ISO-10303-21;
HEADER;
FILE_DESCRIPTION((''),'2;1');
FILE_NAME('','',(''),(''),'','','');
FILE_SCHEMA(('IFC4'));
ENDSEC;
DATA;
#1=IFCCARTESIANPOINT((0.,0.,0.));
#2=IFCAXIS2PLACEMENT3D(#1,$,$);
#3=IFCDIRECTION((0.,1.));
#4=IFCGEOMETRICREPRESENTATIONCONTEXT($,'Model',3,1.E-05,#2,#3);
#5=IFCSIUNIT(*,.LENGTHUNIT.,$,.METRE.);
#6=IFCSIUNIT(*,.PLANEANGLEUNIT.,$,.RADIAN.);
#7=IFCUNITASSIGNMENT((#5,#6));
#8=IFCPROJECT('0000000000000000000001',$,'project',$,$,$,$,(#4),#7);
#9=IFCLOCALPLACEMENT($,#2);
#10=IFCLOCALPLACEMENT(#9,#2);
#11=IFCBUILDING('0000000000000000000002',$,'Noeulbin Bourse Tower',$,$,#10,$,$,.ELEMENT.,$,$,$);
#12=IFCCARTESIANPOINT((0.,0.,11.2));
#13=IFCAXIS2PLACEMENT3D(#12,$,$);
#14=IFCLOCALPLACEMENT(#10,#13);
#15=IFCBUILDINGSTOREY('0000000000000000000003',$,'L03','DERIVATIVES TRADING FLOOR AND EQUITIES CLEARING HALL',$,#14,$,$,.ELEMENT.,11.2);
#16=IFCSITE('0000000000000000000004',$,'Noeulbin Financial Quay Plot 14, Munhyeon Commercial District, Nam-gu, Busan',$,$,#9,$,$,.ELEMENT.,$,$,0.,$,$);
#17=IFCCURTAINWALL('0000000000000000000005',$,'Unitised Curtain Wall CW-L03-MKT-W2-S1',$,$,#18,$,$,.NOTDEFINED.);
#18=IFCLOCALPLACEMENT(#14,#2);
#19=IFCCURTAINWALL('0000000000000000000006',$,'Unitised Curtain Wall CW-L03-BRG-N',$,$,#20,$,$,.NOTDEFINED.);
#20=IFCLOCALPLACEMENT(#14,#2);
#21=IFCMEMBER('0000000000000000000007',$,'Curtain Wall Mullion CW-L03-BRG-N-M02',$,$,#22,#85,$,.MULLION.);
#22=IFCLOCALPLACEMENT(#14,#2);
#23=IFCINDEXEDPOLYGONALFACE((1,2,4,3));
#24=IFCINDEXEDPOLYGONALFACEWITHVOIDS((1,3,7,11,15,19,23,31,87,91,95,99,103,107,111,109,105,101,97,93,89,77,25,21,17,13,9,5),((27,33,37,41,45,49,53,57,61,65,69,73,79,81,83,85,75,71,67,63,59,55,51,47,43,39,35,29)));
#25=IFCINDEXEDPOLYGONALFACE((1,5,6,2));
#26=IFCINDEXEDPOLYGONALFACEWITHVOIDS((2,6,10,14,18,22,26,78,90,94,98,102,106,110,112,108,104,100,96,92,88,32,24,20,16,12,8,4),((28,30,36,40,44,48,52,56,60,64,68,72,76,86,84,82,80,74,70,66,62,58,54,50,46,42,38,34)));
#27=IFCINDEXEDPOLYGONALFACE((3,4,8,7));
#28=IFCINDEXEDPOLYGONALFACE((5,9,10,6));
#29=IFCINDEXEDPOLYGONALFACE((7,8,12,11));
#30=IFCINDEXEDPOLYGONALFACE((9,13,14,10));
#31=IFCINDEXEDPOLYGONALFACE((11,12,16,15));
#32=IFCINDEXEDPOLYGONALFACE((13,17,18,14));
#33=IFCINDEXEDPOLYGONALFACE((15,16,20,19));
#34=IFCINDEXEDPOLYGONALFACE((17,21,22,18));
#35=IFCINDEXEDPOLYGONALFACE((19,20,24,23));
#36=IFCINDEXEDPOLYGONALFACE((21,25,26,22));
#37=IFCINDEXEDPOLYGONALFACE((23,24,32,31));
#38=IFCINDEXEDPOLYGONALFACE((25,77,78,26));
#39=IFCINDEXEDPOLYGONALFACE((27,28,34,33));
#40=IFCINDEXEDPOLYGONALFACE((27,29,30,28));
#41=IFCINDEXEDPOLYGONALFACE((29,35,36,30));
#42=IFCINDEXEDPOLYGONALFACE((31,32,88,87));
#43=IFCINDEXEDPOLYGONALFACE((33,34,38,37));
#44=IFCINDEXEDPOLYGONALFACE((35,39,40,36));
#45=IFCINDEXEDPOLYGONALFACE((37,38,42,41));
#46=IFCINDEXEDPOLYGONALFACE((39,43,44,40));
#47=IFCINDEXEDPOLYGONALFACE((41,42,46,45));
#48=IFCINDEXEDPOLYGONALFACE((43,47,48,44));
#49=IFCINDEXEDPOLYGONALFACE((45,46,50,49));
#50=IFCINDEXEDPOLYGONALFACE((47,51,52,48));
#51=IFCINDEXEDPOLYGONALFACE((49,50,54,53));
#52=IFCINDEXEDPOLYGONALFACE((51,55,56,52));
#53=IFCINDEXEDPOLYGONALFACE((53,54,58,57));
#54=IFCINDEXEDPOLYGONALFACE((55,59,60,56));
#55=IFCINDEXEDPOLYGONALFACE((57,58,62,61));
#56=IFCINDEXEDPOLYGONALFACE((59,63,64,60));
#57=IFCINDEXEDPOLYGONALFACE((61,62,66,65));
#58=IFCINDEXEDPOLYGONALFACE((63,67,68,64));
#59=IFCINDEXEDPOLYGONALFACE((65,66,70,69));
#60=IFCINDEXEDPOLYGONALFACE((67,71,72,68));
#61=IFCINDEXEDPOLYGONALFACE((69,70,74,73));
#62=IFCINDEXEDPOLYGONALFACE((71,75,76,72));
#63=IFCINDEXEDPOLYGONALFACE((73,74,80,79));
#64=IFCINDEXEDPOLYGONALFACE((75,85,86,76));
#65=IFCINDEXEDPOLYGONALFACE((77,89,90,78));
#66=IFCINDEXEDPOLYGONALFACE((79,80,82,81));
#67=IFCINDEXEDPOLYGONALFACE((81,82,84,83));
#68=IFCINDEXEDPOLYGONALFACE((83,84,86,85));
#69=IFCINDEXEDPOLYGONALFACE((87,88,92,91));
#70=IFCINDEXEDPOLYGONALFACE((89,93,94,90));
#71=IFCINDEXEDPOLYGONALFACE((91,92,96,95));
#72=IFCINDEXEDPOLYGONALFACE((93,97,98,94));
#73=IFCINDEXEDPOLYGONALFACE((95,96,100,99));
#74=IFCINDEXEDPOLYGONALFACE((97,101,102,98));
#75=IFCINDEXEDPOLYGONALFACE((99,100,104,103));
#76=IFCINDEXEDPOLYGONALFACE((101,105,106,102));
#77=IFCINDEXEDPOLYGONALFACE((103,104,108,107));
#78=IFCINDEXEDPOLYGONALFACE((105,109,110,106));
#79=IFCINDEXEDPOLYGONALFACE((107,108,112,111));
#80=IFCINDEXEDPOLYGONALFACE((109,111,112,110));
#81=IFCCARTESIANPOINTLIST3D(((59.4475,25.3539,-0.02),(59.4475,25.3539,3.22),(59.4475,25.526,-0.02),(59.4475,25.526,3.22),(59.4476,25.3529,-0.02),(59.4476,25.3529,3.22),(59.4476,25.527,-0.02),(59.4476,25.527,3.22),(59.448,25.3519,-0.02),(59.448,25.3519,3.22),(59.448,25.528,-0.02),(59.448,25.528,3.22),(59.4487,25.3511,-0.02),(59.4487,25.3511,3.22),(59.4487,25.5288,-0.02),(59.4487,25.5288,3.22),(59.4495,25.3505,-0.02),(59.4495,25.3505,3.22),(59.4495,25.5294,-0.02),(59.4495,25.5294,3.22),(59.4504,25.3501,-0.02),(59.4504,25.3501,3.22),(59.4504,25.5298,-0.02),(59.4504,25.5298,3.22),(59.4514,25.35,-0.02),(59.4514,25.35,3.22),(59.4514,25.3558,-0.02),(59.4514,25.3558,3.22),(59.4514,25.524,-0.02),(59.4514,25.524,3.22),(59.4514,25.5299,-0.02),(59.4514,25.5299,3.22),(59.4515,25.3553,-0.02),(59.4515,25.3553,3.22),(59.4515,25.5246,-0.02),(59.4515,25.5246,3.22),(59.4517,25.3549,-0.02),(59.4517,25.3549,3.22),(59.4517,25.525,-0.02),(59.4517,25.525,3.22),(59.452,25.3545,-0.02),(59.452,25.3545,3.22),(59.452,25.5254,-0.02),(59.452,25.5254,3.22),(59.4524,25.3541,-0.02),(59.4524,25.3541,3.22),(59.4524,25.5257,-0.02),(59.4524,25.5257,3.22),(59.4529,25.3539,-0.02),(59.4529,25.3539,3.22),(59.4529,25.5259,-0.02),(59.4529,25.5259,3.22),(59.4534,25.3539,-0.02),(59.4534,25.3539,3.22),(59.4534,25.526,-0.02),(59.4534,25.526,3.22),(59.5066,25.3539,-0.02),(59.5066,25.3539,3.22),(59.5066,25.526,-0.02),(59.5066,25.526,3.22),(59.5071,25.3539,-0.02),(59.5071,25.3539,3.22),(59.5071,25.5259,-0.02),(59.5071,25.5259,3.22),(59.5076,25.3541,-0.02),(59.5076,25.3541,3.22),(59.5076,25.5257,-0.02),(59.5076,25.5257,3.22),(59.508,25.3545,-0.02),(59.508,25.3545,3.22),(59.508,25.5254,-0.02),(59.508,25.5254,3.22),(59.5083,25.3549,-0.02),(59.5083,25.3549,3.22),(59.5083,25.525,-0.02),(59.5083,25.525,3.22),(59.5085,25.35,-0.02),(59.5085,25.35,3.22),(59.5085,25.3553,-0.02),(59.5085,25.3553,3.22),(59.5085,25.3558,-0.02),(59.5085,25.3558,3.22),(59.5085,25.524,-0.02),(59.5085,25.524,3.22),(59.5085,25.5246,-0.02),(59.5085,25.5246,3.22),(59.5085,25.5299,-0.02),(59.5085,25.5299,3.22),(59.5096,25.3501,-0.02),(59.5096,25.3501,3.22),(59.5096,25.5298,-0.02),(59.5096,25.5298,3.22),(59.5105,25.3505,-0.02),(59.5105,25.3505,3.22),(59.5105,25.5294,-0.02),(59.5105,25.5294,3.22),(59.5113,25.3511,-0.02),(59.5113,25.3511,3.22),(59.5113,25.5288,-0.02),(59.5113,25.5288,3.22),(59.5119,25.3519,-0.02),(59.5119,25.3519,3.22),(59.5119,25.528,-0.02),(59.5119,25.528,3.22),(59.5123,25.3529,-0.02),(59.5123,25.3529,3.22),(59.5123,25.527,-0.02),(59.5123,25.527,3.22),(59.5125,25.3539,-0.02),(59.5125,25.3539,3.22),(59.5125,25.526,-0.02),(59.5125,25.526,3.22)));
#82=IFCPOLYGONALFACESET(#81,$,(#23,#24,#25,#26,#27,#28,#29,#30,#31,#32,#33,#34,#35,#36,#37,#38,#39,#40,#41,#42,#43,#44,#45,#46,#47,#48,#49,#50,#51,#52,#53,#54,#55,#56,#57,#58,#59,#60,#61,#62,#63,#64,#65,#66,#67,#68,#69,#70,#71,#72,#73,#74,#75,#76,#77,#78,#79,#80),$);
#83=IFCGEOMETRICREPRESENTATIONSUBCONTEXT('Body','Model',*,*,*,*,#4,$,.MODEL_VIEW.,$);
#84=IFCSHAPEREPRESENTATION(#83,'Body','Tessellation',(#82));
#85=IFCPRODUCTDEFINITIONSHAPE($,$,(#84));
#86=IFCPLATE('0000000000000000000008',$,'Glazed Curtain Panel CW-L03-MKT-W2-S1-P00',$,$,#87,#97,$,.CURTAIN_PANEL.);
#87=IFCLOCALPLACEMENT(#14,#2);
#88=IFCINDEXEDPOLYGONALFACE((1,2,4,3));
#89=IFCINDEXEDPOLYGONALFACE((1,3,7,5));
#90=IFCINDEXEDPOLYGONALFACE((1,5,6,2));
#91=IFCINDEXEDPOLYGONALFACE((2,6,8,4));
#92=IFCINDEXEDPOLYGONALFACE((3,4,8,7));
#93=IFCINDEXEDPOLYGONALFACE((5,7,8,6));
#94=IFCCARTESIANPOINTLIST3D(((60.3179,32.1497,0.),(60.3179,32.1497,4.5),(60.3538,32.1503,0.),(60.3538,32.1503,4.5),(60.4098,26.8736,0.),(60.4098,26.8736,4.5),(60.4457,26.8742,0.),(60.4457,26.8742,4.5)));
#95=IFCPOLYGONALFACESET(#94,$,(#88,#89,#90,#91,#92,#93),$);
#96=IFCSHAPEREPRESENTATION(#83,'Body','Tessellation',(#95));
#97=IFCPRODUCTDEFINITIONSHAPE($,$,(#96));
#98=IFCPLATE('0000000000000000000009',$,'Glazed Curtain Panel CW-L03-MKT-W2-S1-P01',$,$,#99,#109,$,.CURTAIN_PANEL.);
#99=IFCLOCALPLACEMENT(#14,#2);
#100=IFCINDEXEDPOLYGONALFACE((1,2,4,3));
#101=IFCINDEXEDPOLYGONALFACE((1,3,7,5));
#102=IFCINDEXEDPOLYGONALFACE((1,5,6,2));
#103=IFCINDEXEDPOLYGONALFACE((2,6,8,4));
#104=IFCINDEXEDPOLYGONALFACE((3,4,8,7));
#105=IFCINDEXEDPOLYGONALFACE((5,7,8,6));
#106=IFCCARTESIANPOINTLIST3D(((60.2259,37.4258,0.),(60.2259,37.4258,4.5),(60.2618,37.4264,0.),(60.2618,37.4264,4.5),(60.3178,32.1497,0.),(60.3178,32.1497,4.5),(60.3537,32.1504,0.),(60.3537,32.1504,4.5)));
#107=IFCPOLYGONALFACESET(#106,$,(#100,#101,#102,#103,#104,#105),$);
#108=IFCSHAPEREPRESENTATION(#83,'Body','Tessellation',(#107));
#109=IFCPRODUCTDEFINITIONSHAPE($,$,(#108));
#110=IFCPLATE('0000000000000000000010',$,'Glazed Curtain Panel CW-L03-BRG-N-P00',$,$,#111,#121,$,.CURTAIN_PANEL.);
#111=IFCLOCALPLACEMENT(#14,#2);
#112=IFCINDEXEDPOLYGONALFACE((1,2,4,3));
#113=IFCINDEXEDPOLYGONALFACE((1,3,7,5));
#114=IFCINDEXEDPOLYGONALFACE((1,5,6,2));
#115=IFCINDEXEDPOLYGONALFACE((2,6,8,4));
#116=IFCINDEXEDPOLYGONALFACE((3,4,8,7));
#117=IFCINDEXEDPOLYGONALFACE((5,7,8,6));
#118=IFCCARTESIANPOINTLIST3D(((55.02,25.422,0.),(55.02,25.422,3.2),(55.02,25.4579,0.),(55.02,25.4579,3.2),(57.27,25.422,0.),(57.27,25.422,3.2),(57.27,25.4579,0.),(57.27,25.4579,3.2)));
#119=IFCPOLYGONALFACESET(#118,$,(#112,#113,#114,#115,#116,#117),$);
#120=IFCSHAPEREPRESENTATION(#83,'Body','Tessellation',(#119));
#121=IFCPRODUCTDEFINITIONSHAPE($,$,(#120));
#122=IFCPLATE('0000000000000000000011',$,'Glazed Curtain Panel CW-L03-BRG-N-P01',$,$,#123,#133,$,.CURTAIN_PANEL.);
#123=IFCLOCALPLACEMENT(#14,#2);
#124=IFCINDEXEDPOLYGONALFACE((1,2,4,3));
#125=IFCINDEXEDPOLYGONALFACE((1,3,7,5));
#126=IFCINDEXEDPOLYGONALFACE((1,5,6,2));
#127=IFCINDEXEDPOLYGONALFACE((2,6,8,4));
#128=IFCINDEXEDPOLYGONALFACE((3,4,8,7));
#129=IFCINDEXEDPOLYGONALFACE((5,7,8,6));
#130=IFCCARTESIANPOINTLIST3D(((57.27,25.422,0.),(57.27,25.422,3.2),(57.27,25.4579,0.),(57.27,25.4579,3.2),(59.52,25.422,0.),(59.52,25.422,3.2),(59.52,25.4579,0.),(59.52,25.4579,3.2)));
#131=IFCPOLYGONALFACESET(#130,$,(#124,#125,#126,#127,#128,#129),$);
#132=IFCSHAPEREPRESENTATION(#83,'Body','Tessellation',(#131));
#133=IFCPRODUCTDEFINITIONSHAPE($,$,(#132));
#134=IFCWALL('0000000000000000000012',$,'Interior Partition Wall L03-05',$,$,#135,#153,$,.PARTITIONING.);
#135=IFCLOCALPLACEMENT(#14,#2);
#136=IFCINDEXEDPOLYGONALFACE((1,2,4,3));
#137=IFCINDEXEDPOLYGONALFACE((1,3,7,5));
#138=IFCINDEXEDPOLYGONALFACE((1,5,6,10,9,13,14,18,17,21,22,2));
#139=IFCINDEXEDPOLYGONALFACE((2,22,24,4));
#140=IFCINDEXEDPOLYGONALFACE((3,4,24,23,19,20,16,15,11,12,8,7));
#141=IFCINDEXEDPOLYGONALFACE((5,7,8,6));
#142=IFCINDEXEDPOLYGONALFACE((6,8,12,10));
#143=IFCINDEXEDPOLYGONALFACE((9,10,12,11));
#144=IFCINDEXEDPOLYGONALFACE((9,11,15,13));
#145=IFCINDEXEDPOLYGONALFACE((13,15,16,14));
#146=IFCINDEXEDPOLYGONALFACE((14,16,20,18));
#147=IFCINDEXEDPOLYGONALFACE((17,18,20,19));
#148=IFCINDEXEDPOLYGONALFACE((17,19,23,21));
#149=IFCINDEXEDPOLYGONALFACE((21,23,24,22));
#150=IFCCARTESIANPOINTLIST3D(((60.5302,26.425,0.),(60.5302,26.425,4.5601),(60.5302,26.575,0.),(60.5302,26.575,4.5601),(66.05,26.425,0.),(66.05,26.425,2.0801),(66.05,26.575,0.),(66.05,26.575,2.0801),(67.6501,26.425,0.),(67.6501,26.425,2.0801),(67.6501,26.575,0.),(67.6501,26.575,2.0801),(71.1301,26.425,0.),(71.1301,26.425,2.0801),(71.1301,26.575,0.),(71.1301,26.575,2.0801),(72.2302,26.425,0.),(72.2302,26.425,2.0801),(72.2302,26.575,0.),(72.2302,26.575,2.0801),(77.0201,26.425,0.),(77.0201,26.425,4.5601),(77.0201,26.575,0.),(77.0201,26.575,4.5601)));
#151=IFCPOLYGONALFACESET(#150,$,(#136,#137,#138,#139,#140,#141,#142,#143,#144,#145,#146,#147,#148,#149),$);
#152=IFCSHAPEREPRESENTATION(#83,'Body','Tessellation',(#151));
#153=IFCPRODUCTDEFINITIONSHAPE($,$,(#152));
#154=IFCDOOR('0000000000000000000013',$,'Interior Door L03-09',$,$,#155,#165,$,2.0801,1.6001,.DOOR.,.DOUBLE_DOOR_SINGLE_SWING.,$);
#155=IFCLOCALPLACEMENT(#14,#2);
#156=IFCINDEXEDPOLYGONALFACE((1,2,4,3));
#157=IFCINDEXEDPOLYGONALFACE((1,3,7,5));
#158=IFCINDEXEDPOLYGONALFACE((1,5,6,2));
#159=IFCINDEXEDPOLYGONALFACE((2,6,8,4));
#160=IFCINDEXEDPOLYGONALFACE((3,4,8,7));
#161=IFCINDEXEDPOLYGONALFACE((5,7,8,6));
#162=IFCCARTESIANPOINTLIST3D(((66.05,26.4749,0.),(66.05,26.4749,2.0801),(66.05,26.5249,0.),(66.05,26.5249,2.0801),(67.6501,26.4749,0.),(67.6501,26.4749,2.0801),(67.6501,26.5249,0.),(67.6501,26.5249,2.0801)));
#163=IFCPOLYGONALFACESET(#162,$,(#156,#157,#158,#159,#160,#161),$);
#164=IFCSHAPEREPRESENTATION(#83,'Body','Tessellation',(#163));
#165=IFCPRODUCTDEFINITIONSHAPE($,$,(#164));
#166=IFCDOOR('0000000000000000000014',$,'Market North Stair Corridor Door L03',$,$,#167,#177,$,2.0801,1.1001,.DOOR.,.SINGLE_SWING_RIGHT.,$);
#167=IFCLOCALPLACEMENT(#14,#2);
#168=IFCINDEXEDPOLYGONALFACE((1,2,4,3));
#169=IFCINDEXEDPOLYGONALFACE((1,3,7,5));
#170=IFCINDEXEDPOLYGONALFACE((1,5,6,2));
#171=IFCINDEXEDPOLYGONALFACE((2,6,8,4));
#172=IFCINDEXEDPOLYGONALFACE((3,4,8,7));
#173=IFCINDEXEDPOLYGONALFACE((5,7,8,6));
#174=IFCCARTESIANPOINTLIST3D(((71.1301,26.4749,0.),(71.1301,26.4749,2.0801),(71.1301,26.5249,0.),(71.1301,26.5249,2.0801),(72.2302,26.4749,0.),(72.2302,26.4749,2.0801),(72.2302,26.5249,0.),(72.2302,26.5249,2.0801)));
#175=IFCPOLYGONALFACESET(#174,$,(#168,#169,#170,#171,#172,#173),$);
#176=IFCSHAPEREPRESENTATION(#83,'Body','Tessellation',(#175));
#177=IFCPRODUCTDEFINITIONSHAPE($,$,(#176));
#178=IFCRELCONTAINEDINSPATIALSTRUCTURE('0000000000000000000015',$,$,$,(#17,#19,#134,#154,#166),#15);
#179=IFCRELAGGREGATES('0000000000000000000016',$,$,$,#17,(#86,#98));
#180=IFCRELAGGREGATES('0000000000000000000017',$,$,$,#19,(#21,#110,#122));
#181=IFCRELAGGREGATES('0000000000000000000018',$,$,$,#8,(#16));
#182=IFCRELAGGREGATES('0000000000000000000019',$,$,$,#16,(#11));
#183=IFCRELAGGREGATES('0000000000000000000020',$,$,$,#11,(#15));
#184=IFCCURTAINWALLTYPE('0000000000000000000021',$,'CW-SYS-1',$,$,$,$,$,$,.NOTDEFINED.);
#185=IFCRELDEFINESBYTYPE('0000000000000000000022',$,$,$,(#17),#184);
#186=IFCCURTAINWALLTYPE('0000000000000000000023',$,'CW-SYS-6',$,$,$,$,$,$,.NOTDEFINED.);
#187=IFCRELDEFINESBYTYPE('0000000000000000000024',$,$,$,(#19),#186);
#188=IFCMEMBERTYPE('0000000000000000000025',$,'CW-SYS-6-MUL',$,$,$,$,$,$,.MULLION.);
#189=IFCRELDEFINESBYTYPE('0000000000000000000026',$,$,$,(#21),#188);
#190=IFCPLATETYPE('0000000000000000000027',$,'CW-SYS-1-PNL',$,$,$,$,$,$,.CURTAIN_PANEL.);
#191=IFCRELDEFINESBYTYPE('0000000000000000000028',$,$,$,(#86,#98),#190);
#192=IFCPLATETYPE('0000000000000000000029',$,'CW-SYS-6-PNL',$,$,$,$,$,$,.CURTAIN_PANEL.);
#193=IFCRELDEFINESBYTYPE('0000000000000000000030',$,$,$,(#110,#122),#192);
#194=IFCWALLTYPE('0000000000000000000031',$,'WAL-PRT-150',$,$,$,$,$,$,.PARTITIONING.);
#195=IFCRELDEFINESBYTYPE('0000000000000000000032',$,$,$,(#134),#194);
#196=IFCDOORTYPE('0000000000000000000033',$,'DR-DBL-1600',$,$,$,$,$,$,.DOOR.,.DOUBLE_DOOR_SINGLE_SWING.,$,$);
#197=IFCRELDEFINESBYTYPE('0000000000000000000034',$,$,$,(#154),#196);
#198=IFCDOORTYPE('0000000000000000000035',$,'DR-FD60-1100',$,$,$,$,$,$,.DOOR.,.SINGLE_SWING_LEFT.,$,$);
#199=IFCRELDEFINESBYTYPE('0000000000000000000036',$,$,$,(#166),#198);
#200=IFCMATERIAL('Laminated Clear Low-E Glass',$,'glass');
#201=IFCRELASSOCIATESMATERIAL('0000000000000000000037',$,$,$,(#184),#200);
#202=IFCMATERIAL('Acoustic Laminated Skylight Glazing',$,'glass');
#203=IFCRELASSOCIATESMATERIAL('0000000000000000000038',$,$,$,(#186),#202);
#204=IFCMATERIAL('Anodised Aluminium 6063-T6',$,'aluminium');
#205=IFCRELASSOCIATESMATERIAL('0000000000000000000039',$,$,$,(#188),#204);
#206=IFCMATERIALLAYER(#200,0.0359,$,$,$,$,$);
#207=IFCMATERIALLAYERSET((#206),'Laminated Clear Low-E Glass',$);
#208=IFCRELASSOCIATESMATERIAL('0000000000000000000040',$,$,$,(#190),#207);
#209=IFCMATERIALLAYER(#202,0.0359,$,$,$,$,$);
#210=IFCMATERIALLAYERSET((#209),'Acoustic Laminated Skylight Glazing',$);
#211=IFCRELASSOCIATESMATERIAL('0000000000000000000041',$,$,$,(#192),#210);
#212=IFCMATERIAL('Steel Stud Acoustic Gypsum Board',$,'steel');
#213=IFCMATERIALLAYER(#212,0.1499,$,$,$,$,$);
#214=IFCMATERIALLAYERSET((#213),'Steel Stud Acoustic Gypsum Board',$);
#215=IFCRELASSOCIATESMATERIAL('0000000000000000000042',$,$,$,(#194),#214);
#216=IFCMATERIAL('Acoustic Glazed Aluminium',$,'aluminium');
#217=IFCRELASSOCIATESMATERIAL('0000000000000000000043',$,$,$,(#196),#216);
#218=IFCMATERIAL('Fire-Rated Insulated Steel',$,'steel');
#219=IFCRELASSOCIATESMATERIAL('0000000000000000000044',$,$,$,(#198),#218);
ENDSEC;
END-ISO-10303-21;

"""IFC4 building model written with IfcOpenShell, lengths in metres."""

from ifc_helpers import new_model, si_unit, direction, frame, frame_2d, origin, origin_2d, place, context, subcontext, project, spatial, rectangle, hollow_rectangle, extrude, material, layer, layer_set, material_profile, profile_set, type_object, element, fill, aggregate, save


model = new_model("IFC4")

# Units and contexts
model_context = context("Model", 3, precision=1e-05, world=origin(), true_north=direction((0.0, 1.0)))
body_context = subcontext(model_context, "Body", "Model", "MODEL_VIEW")
ifc_project = project(units=[si_unit("LENGTHUNIT", "METRE"), si_unit("PLANEANGLEUNIT", "RADIAN")], contexts=[model_context])

# Site, building, storey
site_placement = place(None, origin())
site = spatial("IfcSite", under=ifc_project, at=site_placement, Name="Noeulbin Financial Quay Plot 14, Munhyeon Commercial District, Nam-gu, Busan", CompositionType="ELEMENT", RefElevation=0.0)
building_placement = place(site_placement, origin())
building = spatial("IfcBuilding", under=site, at=building_placement, Name="Noeulbin Bourse Tower", CompositionType="ELEMENT")
storey_placement = place(building_placement, frame((0.0, 0.0, 11.2)))
storey = spatial("IfcBuildingStorey", under=building, at=storey_placement, Name="L03", Description="DERIVATIVES TRADING FLOOR AND EQUITIES CLEARING HALL", CompositionType="ELEMENT", Elevation=11.2)

# Curtain walls, member
ifc_material_1 = material(Name="Laminated Clear Low-E Glass", Category="glass")
curtain_wall_type_1 = type_object("IfcCurtainWallType", Name="CW-SYS-1", PredefinedType="NOTDEFINED", material=ifc_material_1)
curtain_wall_1_placement = place(storey_placement, origin())
curtain_wall_1 = element("IfcCurtainWall", 1, at=curtain_wall_1_placement, inside=storey, type_object=curtain_wall_type_1, Name="Unitised Curtain Wall CW-L03-MKT-W2-S1", PredefinedType="NOTDEFINED")
ifc_material_2 = material(Name="Anodised Aluminium 6063-T6", Category="aluminium")
ifc_material_3 = material(Name="Acoustic Laminated Skylight Glazing", Category="glass")
curtain_wall_type_2 = type_object("IfcCurtainWallType", Name="CW-SYS-6", PredefinedType="NOTDEFINED", material=ifc_material_3)
curtain_wall_2_placement = place(storey_placement, origin())
curtain_wall_2 = element("IfcCurtainWall", 2, at=curtain_wall_2_placement, inside=storey, type_object=curtain_wall_type_2, Name="Unitised Curtain Wall CW-L03-BRG-N", PredefinedType="NOTDEFINED")
ifc_material_profile_1 = material_profile(ifc_material_2, hollow_rectangle(XDim=0.0649, YDim=0.1799, WallThickness=0.0039, InnerFilletRadius=0.002, OuterFilletRadius=0.0039, at=origin_2d()), Name="ALU-MULL-65x180x4", Category="LoadBearing")
ifc_profile_set_1 = profile_set([ifc_material_profile_1], Name="Anodised Aluminium 6063-T6")
member_type_1 = type_object("IfcMemberType", Name="CW-SYS-6-MUL", PredefinedType="MULLION", material=ifc_profile_set_1)
member_1_placement = place(storey_placement, frame((59.48, 25.4399, -0.02), z_axis=(0.0, 0.0, 1.0), x_axis=(1.0, 0.0, 0.0)))
member_1 = element("IfcMember", 3, at=member_1_placement, type_object=member_type_1, Name="Curtain Wall Mullion CW-L03-BRG-N-M02", PredefinedType="MULLION", context=body_context, shape_type="SweptSolid", body=[
    extrude(hollow_rectangle(XDim=0.0649, YDim=0.1799, WallThickness=0.0039, InnerFilletRadius=0.002, OuterFilletRadius=0.0039, at=origin_2d()), origin(), (0.0, 0.0, 1.0), 3.24),
])

# Plates
ifc_layer_1 = layer(ifc_material_1, 0.0359)
ifc_layer_set_1 = layer_set([ifc_layer_1], Name="Laminated Clear Low-E Glass")
plate_type_1 = type_object("IfcPlateType", Name="CW-SYS-1-PNL", PredefinedType="CURTAIN_PANEL", material=ifc_layer_set_1)
plate_1_placement = place(storey_placement, frame((60.3818, 29.512, 0.0), z_axis=(0.0, 0.0, 1.0), x_axis=(-0.017418, 0.999848, 0.0)))
plate_1 = element("IfcPlate", 4, at=plate_1_placement, type_object=plate_type_1, Name="Glazed Curtain Panel CW-L03-MKT-W2-S1-P00", PredefinedType="CURTAIN_PANEL", context=body_context, shape_type="SweptSolid", body=[
    extrude(rectangle(XDim=5.2769, YDim=0.0359, at=origin_2d()), origin(), (0.0, 0.0, 1.0), 4.5),
])
plate_2_placement = place(storey_placement, frame((60.2898, 34.7881, 0.0), z_axis=(0.0, 0.0, 1.0), x_axis=(-0.017418, 0.999848, 0.0)))
plate_2 = element("IfcPlate", 5, at=plate_2_placement, type_object=plate_type_1, Name="Glazed Curtain Panel CW-L03-MKT-W2-S1-P01", PredefinedType="CURTAIN_PANEL", context=body_context, shape_type="SweptSolid", body=[
    extrude(rectangle(XDim=5.2769, YDim=0.0359, at=origin_2d()), origin(), (0.0, 0.0, 1.0), 4.5),
])
aggregate(curtain_wall_1, [plate_1, plate_2])
ifc_layer_2 = layer(ifc_material_3, 0.0359)
ifc_layer_set_2 = layer_set([ifc_layer_2], Name="Acoustic Laminated Skylight Glazing")
plate_type_2 = type_object("IfcPlateType", Name="CW-SYS-6-PNL", PredefinedType="CURTAIN_PANEL", material=ifc_layer_set_2)
plate_3_placement = place(storey_placement, frame((56.145, 25.4399, 0.0), z_axis=(0.0, 0.0, 1.0), x_axis=(1.0, 0.0, 0.0)))
plate_3 = element("IfcPlate", 6, at=plate_3_placement, type_object=plate_type_2, Name="Glazed Curtain Panel CW-L03-BRG-N-P00", PredefinedType="CURTAIN_PANEL", context=body_context, shape_type="SweptSolid", body=[
    extrude(rectangle(XDim=2.25, YDim=0.0359, at=origin_2d()), origin(), (0.0, 0.0, 1.0), 3.2),
])
plate_4_placement = place(storey_placement, frame((58.395, 25.4399, 0.0), z_axis=(0.0, 0.0, 1.0), x_axis=(1.0, 0.0, 0.0)))
plate_4 = element("IfcPlate", 7, at=plate_4_placement, type_object=plate_type_2, Name="Glazed Curtain Panel CW-L03-BRG-N-P01", PredefinedType="CURTAIN_PANEL", context=body_context, shape_type="SweptSolid", body=[
    extrude(rectangle(XDim=2.25, YDim=0.0359, at=origin_2d()), origin(), (0.0, 0.0, 1.0), 3.2),
])
aggregate(curtain_wall_2, [member_1, plate_3, plate_4])

# Wall, openings, doors
ifc_material_4 = material(Name="Steel Stud Acoustic Gypsum Board", Category="steel")
ifc_layer_3 = layer(ifc_material_4, 0.1499)
ifc_layer_set_3 = layer_set([ifc_layer_3], Name="Steel Stud Acoustic Gypsum Board")
wall_type = type_object("IfcWallType", Name="WAL-PRT-150", PredefinedType="PARTITIONING", material=ifc_layer_set_3)
wall_placement = place(storey_placement, frame((60.53, 26.5, 0.0), z_axis=(0.0, 0.0, 1.0), x_axis=(1.0, 0.0, 0.0)))
wall = element("IfcWall", 8, at=wall_placement, inside=storey, type_object=wall_type, Name="Interior Partition Wall L03-05", PredefinedType="PARTITIONING", context=body_context, shape_type="SweptSolid", body=[
    extrude(rectangle(XDim=16.49, YDim=0.1499, at=frame_2d((8.2451, 0.0))), origin(), (0.0, 0.0, 1.0), 4.5601),
])
opening_1_placement = place(wall_placement, frame((5.52, 0.0, 0.0)))
opening_1 = element("IfcOpeningElement", 9, at=opening_1_placement, cuts=wall, PredefinedType="OPENING", context=body_context, shape_type="SweptSolid", body=[
    extrude(rectangle(XDim=1.6001, YDim=2.0801, at=frame_2d((0.8, 1.04))), frame((0.0, 0.085, 0.0), z_axis=(0.0, -1.0, 0.0), x_axis=(1.0, 0.0, 0.0)), (0.0, 0.0, 1.0), 0.1699),
])
opening_2_placement = place(wall_placement, frame((10.6001, 0.0, 0.0)))
opening_2 = element("IfcOpeningElement", 10, at=opening_2_placement, cuts=wall, PredefinedType="OPENING", context=body_context, shape_type="SweptSolid", body=[
    extrude(rectangle(XDim=1.1001, YDim=2.0801, at=frame_2d((0.55, 1.04))), frame((0.0, 0.085, 0.0), z_axis=(0.0, -1.0, 0.0), x_axis=(1.0, 0.0, 0.0)), (0.0, 0.0, 1.0), 0.1699),
])
ifc_material_5 = material(Name="Acoustic Glazed Aluminium", Category="aluminium")
door_type_1 = type_object("IfcDoorType", Name="DR-DBL-1600", OperationType="DOUBLE_DOOR_SINGLE_SWING", PredefinedType="DOOR", material=ifc_material_5)
door_1_placement = place(opening_1_placement, origin())
door_1 = element("IfcDoor", 11, at=door_1_placement, inside=storey, type_object=door_type_1, Name="Interior Door L03-09", OperationType="DOUBLE_DOOR_SINGLE_SWING", OverallHeight=2.0801, OverallWidth=1.6001, PredefinedType="DOOR", context=body_context, shape_type="SweptSolid", body=[
    extrude(rectangle(XDim=1.6001, YDim=2.0801, at=frame_2d((0.8, 1.04))), frame((0.0, 0.0249, 0.0), z_axis=(0.0, -1.0, 0.0), x_axis=(1.0, 0.0, 0.0)), (0.0, 0.0, 1.0), 0.05),
])
fill(opening_1, door_1)
ifc_material_6 = material(Name="Fire-Rated Insulated Steel", Category="steel")
door_type_2 = type_object("IfcDoorType", Name="DR-FD60-1100", OperationType="SINGLE_SWING_LEFT", PredefinedType="DOOR", material=ifc_material_6)
door_2_placement = place(opening_2_placement, origin())
door_2 = element("IfcDoor", 12, at=door_2_placement, inside=storey, type_object=door_type_2, Name="Market North Stair Corridor Door L03", OperationType="SINGLE_SWING_RIGHT", OverallHeight=2.0801, OverallWidth=1.1001, PredefinedType="DOOR", context=body_context, shape_type="SweptSolid", body=[
    extrude(rectangle(XDim=1.1001, YDim=2.0801, at=frame_2d((0.55, 1.04))), frame((0.0, 0.0249, 0.0), z_axis=(0.0, -1.0, 0.0), x_axis=(1.0, 0.0, 0.0)), (0.0, 0.0, 1.0), 0.05),
])
fill(opening_2, door_2)

save(model, "model.ifc")
